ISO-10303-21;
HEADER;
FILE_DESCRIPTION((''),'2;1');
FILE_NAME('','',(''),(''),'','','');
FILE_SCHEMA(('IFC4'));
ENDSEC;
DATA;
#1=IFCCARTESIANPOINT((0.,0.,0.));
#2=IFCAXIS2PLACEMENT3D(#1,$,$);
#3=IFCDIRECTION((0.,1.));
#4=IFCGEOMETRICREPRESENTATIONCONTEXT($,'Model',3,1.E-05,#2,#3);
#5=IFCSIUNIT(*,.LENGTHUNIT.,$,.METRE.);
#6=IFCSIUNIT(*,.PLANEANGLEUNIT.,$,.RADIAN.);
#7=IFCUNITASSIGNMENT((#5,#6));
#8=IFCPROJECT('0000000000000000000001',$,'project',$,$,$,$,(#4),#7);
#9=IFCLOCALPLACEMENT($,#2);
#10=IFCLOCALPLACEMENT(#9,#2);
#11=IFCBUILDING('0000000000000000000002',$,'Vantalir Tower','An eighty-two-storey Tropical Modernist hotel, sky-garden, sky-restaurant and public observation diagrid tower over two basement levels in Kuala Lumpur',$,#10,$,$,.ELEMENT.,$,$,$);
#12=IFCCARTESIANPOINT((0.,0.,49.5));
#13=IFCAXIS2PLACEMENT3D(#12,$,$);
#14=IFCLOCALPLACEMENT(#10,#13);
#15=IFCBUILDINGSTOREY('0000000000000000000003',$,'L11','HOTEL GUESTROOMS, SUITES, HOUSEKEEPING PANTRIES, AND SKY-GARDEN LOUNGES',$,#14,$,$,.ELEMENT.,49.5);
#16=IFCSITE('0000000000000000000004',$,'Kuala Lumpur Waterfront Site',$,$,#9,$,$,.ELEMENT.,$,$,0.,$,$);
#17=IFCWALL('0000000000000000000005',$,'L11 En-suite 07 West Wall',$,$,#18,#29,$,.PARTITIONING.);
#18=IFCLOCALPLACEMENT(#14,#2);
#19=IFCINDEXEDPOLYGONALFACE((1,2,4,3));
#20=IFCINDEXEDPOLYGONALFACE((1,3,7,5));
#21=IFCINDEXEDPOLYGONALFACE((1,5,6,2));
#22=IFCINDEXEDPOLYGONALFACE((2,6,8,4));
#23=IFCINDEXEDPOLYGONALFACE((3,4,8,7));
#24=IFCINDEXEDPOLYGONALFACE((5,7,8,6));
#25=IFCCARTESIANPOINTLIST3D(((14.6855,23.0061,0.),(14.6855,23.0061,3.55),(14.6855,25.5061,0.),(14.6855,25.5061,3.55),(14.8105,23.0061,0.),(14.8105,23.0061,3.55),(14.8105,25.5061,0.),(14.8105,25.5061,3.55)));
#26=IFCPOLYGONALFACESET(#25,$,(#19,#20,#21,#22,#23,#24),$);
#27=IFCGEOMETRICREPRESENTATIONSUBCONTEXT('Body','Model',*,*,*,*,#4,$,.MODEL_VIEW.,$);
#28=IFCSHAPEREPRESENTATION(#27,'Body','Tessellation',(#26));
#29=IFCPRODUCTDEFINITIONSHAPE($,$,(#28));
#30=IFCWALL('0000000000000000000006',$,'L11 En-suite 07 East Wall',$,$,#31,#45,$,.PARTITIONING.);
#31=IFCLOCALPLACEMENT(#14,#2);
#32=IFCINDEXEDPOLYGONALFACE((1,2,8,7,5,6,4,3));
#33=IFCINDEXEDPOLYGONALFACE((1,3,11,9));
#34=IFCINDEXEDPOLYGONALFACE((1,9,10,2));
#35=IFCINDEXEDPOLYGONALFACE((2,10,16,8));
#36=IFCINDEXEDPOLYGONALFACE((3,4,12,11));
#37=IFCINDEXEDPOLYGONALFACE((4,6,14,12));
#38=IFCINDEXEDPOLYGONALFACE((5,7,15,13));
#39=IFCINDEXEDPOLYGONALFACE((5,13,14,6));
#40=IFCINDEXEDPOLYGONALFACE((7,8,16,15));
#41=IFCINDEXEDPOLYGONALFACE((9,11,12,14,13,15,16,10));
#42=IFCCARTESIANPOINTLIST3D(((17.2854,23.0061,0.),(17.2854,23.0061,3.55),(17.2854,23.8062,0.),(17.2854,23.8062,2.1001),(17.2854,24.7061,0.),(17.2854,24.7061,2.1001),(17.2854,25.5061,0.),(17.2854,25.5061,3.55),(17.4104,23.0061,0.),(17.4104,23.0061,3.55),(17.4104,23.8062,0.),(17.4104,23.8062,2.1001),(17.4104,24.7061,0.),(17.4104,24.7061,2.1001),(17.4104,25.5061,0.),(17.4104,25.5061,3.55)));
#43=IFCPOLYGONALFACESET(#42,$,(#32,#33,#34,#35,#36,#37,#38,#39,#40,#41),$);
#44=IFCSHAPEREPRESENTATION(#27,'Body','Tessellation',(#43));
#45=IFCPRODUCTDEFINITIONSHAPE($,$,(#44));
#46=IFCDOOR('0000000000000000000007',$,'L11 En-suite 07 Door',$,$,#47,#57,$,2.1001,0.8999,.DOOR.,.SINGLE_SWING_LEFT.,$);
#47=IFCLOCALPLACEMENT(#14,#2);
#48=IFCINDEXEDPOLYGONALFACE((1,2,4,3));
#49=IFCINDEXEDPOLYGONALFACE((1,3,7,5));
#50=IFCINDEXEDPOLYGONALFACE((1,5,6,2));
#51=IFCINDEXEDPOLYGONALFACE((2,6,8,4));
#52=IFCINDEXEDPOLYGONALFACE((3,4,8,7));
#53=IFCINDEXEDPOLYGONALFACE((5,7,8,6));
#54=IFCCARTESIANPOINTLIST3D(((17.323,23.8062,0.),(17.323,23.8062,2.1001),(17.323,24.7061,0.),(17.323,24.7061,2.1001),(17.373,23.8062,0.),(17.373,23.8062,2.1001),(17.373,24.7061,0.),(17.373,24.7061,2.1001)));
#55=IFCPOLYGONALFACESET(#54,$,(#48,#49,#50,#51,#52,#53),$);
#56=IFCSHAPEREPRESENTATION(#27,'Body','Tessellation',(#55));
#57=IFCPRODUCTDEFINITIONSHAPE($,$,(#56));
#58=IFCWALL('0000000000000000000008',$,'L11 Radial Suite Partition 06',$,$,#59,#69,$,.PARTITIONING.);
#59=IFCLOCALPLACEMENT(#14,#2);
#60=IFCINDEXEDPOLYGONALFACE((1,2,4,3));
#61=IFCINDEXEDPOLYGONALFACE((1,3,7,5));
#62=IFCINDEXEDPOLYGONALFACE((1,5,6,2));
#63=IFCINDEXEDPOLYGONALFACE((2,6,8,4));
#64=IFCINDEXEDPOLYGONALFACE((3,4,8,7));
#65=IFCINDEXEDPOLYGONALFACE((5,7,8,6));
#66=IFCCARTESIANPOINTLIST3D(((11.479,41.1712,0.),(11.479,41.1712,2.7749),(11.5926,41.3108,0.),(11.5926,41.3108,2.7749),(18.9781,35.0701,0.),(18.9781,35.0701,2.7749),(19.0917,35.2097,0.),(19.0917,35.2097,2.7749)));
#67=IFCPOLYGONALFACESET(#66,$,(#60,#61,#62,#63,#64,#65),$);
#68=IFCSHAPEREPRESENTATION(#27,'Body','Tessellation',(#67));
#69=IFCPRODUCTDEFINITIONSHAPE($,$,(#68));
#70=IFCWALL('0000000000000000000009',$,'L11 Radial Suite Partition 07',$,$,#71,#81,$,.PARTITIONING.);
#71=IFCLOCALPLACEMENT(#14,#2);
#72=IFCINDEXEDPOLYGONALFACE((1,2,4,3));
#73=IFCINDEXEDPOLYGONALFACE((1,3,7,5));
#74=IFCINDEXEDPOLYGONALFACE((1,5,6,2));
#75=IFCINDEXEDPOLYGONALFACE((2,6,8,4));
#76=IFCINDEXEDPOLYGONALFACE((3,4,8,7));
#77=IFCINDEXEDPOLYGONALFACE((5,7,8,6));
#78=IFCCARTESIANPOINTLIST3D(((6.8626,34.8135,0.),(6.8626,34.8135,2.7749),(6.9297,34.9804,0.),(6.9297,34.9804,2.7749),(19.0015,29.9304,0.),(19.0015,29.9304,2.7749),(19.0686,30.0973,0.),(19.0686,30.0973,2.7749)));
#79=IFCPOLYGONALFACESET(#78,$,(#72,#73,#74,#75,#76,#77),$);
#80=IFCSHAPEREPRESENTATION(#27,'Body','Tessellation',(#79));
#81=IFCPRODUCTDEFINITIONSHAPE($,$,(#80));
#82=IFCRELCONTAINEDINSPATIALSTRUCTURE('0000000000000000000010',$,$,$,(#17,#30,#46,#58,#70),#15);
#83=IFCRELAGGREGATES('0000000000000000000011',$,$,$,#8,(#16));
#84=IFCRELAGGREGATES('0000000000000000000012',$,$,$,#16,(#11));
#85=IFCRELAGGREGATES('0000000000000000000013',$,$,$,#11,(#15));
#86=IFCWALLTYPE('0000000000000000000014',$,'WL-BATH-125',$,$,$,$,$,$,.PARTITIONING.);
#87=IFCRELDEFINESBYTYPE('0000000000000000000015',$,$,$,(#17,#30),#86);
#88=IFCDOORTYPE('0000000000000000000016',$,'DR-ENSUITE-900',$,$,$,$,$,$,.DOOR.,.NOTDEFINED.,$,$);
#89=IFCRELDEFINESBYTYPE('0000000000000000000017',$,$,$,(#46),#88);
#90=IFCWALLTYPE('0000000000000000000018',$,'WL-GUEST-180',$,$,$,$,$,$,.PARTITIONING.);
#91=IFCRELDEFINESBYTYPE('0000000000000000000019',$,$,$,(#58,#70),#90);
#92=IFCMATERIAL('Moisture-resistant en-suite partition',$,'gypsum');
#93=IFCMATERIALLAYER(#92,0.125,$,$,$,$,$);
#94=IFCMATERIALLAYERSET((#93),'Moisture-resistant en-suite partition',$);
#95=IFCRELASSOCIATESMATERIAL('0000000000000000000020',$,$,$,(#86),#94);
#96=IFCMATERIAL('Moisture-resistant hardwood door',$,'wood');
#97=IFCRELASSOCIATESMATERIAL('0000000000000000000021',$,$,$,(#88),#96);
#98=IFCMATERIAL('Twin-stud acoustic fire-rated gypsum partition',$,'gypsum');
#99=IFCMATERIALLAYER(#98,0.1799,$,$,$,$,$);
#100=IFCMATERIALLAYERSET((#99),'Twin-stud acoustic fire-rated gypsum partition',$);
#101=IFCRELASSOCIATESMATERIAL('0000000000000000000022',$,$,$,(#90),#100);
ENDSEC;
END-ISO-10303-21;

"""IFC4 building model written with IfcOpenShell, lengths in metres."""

from ifc_helpers import new_model, si_unit, direction, frame, frame_2d, origin, place, context, subcontext, project, spatial, rectangle, extrude, material, layer, layer_set, type_object, element, fill, save


model = new_model("IFC4")

# Units and contexts
model_context = context("Model", 3, precision=1e-05, world=origin(), true_north=direction((0.0, 1.0)))
body_context = subcontext(model_context, "Body", "Model", "MODEL_VIEW")
ifc_project = project(units=[si_unit("LENGTHUNIT", "METRE"), si_unit("PLANEANGLEUNIT", "RADIAN")], contexts=[model_context])

# Site, building, storey
site_placement = place(None, origin())
site = spatial("IfcSite", under=ifc_project, at=site_placement, Name="Kuala Lumpur Waterfront Site", CompositionType="ELEMENT", RefElevation=0.0)
building_placement = place(site_placement, origin())
building = spatial("IfcBuilding", under=site, at=building_placement, Name="Vantalir Tower", Description="An eighty-two-storey Tropical Modernist hotel, sky-garden, sky-restaurant and public observation diagrid tower over two basement levels in Kuala Lumpur", CompositionType="ELEMENT")
storey_placement = place(building_placement, frame((0.0, 0.0, 49.5)))
storey = spatial("IfcBuildingStorey", under=building, at=storey_placement, Name="L11", Description="HOTEL GUESTROOMS, SUITES, HOUSEKEEPING PANTRIES, AND SKY-GARDEN LOUNGES", CompositionType="ELEMENT", Elevation=49.5)

# Wall
ifc_material_1 = material(Name="Moisture-resistant en-suite partition", Category="gypsum")
ifc_layer_1 = layer(ifc_material_1, 0.125)
ifc_layer_set_1 = layer_set([ifc_layer_1], Name="Moisture-resistant en-suite partition")
wall_type_1 = type_object("IfcWallType", Name="WL-BATH-125", PredefinedType="PARTITIONING", material=ifc_layer_set_1)
wall_1_placement = place(storey_placement, frame((14.748, 23.0061, 0.0), z_axis=(0.0, 0.0, 1.0), x_axis=(0.0, 1.0, 0.0)))
element("IfcWall", 1, at=wall_1_placement, inside=storey, type_object=wall_type_1, Name="L11 En-suite 07 West Wall", PredefinedType="PARTITIONING", context=body_context, shape_type="SweptSolid", body=[
    extrude(rectangle(XDim=2.5, YDim=0.125, at=frame_2d((1.25, 0.0))), origin(), (0.0, 0.0, 1.0), 3.55),
])

# Wall, opening, door
wall_2_placement = place(storey_placement, frame((17.3479, 23.0061, 0.0), z_axis=(0.0, 0.0, 1.0), x_axis=(0.0, 1.0, 0.0)))
wall_2 = element("IfcWall", 2, at=wall_2_placement, inside=storey, type_object=wall_type_1, Name="L11 En-suite 07 East Wall", PredefinedType="PARTITIONING", context=body_context, shape_type="SweptSolid", body=[
    extrude(rectangle(XDim=2.5, YDim=0.125, at=frame_2d((1.25, 0.0))), origin(), (0.0, 0.0, 1.0), 3.55),
])
opening_placement = place(wall_2_placement, frame((0.8, 0.0, 0.0)))
opening = element("IfcOpeningElement", 3, at=opening_placement, cuts=wall_2, PredefinedType="OPENING", context=body_context, shape_type="SweptSolid", body=[
    extrude(rectangle(XDim=0.8999, YDim=2.1001, at=frame_2d((0.45, 1.05))), frame((0.0, 0.0725, 0.0), z_axis=(0.0, -1.0, 0.0), x_axis=(1.0, 0.0, 0.0)), (0.0, 0.0, 1.0), 0.145),
])
ifc_material_2 = material(Name="Moisture-resistant hardwood door", Category="wood")
door_type = type_object("IfcDoorType", Name="DR-ENSUITE-900", OperationType="NOTDEFINED", PredefinedType="DOOR", material=ifc_material_2)
door_placement = place(opening_placement, origin())
door = element("IfcDoor", 4, at=door_placement, inside=storey, type_object=door_type, Name="L11 En-suite 07 Door", OperationType="SINGLE_SWING_LEFT", OverallHeight=2.1001, OverallWidth=0.8999, PredefinedType="DOOR", context=body_context, shape_type="SweptSolid", body=[
    extrude(rectangle(XDim=0.8999, YDim=2.1001, at=frame_2d((0.45, 1.05))), frame((0.0, 0.0249, 0.0), z_axis=(0.0, -1.0, 0.0), x_axis=(1.0, 0.0, 0.0)), (0.0, 0.0, 1.0), 0.05),
])
fill(opening, door)

# Walls
ifc_material_3 = material(Name="Twin-stud acoustic fire-rated gypsum partition", Category="gypsum")
ifc_layer_2 = layer(ifc_material_3, 0.1799)
ifc_layer_set_2 = layer_set([ifc_layer_2], Name="Twin-stud acoustic fire-rated gypsum partition")
wall_type_2 = type_object("IfcWallType", Name="WL-GUEST-180", PredefinedType="PARTITIONING", material=ifc_layer_set_2)
wall_3_placement = place(storey_placement, frame((19.0349, 35.1399, 0.0), z_axis=(0.0, 0.0, 1.0), x_axis=(-0.775703, 0.631098, 0.0)))
element("IfcWall", 5, at=wall_3_placement, inside=storey, type_object=wall_type_2, Name="L11 Radial Suite Partition 06", PredefinedType="PARTITIONING", context=body_context, shape_type="SweptSolid", body=[
    extrude(rectangle(XDim=9.6675, YDim=0.1799, at=frame_2d((4.8337, 0.0))), origin(), (0.0, 0.0, 1.0), 2.7749),
])
wall_4_placement = place(storey_placement, frame((19.0349, 30.0139, 0.0), z_axis=(0.0, 0.0, 1.0), x_axis=(-0.92775, 0.373201, 0.0)))
element("IfcWall", 6, at=wall_4_placement, inside=storey, type_object=wall_type_2, Name="L11 Radial Suite Partition 07", PredefinedType="PARTITIONING", context=body_context, shape_type="SweptSolid", body=[
    extrude(rectangle(XDim=13.0842, YDim=0.1799, at=frame_2d((6.542, 0.0))), origin(), (0.0, 0.0, 1.0), 2.7749),
])

save(model, "model.ifc")
